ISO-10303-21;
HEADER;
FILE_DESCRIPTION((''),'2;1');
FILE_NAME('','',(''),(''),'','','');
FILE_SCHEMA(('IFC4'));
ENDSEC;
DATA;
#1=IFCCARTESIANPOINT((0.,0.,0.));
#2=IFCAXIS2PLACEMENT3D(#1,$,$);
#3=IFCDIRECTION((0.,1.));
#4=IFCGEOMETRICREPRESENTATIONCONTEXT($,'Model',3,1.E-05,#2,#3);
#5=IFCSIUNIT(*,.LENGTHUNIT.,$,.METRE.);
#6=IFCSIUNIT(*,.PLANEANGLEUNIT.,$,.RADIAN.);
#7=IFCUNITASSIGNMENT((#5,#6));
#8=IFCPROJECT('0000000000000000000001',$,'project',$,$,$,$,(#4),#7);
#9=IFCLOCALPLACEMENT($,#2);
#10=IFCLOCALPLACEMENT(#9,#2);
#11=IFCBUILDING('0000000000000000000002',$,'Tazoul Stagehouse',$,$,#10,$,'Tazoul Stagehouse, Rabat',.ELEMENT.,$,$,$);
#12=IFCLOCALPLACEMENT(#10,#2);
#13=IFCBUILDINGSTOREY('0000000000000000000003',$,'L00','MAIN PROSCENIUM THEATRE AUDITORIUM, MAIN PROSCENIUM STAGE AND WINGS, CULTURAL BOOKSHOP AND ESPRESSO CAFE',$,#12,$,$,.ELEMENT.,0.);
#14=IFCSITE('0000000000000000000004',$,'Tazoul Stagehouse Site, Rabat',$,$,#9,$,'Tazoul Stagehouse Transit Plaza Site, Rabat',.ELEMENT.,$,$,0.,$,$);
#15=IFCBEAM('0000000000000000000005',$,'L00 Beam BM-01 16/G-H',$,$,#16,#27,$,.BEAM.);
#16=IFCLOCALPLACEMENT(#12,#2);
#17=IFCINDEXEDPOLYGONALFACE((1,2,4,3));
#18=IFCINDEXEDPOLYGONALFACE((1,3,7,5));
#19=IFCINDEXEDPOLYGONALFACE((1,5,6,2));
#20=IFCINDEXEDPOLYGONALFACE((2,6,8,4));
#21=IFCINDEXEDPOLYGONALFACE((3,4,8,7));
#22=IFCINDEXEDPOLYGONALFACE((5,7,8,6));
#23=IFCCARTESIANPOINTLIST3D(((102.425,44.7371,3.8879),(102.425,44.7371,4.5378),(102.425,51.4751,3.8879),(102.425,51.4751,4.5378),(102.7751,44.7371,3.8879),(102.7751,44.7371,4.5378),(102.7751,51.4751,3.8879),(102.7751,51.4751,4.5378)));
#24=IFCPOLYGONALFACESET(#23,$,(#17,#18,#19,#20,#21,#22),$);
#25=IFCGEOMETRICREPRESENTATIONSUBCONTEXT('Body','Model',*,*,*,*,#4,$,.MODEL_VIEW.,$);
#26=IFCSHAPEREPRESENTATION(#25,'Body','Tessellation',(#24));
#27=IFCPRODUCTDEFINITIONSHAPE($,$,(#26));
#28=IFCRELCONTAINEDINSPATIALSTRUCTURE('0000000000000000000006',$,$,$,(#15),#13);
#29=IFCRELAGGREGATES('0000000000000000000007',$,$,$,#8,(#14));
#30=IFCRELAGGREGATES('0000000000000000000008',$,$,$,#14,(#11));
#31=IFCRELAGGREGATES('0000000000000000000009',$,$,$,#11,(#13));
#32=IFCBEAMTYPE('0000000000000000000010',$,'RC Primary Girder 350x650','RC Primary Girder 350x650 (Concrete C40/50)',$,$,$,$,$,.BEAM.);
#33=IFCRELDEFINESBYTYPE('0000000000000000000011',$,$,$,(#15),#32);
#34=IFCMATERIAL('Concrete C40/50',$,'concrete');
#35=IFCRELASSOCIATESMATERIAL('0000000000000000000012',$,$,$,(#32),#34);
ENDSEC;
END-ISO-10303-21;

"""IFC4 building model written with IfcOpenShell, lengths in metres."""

from ifc_helpers import new_model, si_unit, direction, frame, origin, origin_2d, place, context, subcontext, project, spatial, rectangle, extrude, material, material_profile, profile_set, type_object, element, save


model = new_model("IFC4")

# Units and contexts
model_context = context("Model", 3, precision=1e-05, world=origin(), true_north=direction((0.0, 1.0)))
body_context = subcontext(model_context, "Body", "Model", "MODEL_VIEW")
ifc_project = project(units=[si_unit("LENGTHUNIT", "METRE"), si_unit("PLANEANGLEUNIT", "RADIAN")], contexts=[model_context])

# Site, building, storey
site_placement = place(None, origin())
building_placement = place(site_placement, origin())
storey_placement = place(building_placement, origin())
site = spatial("IfcSite", under=ifc_project, at=site_placement, Name="Tazoul Stagehouse Site, Rabat", LongName="Tazoul Stagehouse Transit Plaza Site, Rabat", CompositionType="ELEMENT", RefElevation=0.0)
building = spatial("IfcBuilding", under=site, at=building_placement, Name="Tazoul Stagehouse", LongName="Tazoul Stagehouse, Rabat", CompositionType="ELEMENT")
storey = spatial("IfcBuildingStorey", under=building, at=storey_placement, Name="L00", Description="MAIN PROSCENIUM THEATRE AUDITORIUM, MAIN PROSCENIUM STAGE AND WINGS, CULTURAL BOOKSHOP AND ESPRESSO CAFE", CompositionType="ELEMENT", Elevation=0.0)

# Beam
ifc_material_1 = material(Name="Concrete C40/50", Category="concrete")
ifc_material_profile_1 = material_profile(ifc_material_1, rectangle(XDim=0.3501, YDim=0.6499, at=origin_2d()), Name="RC 350x650")
ifc_profile_set_1 = profile_set([ifc_material_profile_1], Name="Concrete C40/50")
beam_type = type_object("IfcBeamType", Name="RC Primary Girder 350x650", Description="RC Primary Girder 350x650 (Concrete C40/50)", PredefinedType="BEAM", material=ifc_profile_set_1)
beam_placement = place(storey_placement, frame((102.6001, 44.7371, 4.2129), z_axis=(0.0, 1.0, 0.0), x_axis=(-1.0, 0.0, 0.0)))
element("IfcBeam", 1, at=beam_placement, inside=storey, type_object=beam_type, Name="L00 Beam BM-01 16/G-H", PredefinedType="BEAM", context=body_context, shape_type="SweptSolid", body=[
    extrude(rectangle(XDim=0.3501, YDim=0.6499, at=origin_2d()), origin(), (0.0, 0.0, 1.0), 6.738),
])

save(model, "model.ifc")
